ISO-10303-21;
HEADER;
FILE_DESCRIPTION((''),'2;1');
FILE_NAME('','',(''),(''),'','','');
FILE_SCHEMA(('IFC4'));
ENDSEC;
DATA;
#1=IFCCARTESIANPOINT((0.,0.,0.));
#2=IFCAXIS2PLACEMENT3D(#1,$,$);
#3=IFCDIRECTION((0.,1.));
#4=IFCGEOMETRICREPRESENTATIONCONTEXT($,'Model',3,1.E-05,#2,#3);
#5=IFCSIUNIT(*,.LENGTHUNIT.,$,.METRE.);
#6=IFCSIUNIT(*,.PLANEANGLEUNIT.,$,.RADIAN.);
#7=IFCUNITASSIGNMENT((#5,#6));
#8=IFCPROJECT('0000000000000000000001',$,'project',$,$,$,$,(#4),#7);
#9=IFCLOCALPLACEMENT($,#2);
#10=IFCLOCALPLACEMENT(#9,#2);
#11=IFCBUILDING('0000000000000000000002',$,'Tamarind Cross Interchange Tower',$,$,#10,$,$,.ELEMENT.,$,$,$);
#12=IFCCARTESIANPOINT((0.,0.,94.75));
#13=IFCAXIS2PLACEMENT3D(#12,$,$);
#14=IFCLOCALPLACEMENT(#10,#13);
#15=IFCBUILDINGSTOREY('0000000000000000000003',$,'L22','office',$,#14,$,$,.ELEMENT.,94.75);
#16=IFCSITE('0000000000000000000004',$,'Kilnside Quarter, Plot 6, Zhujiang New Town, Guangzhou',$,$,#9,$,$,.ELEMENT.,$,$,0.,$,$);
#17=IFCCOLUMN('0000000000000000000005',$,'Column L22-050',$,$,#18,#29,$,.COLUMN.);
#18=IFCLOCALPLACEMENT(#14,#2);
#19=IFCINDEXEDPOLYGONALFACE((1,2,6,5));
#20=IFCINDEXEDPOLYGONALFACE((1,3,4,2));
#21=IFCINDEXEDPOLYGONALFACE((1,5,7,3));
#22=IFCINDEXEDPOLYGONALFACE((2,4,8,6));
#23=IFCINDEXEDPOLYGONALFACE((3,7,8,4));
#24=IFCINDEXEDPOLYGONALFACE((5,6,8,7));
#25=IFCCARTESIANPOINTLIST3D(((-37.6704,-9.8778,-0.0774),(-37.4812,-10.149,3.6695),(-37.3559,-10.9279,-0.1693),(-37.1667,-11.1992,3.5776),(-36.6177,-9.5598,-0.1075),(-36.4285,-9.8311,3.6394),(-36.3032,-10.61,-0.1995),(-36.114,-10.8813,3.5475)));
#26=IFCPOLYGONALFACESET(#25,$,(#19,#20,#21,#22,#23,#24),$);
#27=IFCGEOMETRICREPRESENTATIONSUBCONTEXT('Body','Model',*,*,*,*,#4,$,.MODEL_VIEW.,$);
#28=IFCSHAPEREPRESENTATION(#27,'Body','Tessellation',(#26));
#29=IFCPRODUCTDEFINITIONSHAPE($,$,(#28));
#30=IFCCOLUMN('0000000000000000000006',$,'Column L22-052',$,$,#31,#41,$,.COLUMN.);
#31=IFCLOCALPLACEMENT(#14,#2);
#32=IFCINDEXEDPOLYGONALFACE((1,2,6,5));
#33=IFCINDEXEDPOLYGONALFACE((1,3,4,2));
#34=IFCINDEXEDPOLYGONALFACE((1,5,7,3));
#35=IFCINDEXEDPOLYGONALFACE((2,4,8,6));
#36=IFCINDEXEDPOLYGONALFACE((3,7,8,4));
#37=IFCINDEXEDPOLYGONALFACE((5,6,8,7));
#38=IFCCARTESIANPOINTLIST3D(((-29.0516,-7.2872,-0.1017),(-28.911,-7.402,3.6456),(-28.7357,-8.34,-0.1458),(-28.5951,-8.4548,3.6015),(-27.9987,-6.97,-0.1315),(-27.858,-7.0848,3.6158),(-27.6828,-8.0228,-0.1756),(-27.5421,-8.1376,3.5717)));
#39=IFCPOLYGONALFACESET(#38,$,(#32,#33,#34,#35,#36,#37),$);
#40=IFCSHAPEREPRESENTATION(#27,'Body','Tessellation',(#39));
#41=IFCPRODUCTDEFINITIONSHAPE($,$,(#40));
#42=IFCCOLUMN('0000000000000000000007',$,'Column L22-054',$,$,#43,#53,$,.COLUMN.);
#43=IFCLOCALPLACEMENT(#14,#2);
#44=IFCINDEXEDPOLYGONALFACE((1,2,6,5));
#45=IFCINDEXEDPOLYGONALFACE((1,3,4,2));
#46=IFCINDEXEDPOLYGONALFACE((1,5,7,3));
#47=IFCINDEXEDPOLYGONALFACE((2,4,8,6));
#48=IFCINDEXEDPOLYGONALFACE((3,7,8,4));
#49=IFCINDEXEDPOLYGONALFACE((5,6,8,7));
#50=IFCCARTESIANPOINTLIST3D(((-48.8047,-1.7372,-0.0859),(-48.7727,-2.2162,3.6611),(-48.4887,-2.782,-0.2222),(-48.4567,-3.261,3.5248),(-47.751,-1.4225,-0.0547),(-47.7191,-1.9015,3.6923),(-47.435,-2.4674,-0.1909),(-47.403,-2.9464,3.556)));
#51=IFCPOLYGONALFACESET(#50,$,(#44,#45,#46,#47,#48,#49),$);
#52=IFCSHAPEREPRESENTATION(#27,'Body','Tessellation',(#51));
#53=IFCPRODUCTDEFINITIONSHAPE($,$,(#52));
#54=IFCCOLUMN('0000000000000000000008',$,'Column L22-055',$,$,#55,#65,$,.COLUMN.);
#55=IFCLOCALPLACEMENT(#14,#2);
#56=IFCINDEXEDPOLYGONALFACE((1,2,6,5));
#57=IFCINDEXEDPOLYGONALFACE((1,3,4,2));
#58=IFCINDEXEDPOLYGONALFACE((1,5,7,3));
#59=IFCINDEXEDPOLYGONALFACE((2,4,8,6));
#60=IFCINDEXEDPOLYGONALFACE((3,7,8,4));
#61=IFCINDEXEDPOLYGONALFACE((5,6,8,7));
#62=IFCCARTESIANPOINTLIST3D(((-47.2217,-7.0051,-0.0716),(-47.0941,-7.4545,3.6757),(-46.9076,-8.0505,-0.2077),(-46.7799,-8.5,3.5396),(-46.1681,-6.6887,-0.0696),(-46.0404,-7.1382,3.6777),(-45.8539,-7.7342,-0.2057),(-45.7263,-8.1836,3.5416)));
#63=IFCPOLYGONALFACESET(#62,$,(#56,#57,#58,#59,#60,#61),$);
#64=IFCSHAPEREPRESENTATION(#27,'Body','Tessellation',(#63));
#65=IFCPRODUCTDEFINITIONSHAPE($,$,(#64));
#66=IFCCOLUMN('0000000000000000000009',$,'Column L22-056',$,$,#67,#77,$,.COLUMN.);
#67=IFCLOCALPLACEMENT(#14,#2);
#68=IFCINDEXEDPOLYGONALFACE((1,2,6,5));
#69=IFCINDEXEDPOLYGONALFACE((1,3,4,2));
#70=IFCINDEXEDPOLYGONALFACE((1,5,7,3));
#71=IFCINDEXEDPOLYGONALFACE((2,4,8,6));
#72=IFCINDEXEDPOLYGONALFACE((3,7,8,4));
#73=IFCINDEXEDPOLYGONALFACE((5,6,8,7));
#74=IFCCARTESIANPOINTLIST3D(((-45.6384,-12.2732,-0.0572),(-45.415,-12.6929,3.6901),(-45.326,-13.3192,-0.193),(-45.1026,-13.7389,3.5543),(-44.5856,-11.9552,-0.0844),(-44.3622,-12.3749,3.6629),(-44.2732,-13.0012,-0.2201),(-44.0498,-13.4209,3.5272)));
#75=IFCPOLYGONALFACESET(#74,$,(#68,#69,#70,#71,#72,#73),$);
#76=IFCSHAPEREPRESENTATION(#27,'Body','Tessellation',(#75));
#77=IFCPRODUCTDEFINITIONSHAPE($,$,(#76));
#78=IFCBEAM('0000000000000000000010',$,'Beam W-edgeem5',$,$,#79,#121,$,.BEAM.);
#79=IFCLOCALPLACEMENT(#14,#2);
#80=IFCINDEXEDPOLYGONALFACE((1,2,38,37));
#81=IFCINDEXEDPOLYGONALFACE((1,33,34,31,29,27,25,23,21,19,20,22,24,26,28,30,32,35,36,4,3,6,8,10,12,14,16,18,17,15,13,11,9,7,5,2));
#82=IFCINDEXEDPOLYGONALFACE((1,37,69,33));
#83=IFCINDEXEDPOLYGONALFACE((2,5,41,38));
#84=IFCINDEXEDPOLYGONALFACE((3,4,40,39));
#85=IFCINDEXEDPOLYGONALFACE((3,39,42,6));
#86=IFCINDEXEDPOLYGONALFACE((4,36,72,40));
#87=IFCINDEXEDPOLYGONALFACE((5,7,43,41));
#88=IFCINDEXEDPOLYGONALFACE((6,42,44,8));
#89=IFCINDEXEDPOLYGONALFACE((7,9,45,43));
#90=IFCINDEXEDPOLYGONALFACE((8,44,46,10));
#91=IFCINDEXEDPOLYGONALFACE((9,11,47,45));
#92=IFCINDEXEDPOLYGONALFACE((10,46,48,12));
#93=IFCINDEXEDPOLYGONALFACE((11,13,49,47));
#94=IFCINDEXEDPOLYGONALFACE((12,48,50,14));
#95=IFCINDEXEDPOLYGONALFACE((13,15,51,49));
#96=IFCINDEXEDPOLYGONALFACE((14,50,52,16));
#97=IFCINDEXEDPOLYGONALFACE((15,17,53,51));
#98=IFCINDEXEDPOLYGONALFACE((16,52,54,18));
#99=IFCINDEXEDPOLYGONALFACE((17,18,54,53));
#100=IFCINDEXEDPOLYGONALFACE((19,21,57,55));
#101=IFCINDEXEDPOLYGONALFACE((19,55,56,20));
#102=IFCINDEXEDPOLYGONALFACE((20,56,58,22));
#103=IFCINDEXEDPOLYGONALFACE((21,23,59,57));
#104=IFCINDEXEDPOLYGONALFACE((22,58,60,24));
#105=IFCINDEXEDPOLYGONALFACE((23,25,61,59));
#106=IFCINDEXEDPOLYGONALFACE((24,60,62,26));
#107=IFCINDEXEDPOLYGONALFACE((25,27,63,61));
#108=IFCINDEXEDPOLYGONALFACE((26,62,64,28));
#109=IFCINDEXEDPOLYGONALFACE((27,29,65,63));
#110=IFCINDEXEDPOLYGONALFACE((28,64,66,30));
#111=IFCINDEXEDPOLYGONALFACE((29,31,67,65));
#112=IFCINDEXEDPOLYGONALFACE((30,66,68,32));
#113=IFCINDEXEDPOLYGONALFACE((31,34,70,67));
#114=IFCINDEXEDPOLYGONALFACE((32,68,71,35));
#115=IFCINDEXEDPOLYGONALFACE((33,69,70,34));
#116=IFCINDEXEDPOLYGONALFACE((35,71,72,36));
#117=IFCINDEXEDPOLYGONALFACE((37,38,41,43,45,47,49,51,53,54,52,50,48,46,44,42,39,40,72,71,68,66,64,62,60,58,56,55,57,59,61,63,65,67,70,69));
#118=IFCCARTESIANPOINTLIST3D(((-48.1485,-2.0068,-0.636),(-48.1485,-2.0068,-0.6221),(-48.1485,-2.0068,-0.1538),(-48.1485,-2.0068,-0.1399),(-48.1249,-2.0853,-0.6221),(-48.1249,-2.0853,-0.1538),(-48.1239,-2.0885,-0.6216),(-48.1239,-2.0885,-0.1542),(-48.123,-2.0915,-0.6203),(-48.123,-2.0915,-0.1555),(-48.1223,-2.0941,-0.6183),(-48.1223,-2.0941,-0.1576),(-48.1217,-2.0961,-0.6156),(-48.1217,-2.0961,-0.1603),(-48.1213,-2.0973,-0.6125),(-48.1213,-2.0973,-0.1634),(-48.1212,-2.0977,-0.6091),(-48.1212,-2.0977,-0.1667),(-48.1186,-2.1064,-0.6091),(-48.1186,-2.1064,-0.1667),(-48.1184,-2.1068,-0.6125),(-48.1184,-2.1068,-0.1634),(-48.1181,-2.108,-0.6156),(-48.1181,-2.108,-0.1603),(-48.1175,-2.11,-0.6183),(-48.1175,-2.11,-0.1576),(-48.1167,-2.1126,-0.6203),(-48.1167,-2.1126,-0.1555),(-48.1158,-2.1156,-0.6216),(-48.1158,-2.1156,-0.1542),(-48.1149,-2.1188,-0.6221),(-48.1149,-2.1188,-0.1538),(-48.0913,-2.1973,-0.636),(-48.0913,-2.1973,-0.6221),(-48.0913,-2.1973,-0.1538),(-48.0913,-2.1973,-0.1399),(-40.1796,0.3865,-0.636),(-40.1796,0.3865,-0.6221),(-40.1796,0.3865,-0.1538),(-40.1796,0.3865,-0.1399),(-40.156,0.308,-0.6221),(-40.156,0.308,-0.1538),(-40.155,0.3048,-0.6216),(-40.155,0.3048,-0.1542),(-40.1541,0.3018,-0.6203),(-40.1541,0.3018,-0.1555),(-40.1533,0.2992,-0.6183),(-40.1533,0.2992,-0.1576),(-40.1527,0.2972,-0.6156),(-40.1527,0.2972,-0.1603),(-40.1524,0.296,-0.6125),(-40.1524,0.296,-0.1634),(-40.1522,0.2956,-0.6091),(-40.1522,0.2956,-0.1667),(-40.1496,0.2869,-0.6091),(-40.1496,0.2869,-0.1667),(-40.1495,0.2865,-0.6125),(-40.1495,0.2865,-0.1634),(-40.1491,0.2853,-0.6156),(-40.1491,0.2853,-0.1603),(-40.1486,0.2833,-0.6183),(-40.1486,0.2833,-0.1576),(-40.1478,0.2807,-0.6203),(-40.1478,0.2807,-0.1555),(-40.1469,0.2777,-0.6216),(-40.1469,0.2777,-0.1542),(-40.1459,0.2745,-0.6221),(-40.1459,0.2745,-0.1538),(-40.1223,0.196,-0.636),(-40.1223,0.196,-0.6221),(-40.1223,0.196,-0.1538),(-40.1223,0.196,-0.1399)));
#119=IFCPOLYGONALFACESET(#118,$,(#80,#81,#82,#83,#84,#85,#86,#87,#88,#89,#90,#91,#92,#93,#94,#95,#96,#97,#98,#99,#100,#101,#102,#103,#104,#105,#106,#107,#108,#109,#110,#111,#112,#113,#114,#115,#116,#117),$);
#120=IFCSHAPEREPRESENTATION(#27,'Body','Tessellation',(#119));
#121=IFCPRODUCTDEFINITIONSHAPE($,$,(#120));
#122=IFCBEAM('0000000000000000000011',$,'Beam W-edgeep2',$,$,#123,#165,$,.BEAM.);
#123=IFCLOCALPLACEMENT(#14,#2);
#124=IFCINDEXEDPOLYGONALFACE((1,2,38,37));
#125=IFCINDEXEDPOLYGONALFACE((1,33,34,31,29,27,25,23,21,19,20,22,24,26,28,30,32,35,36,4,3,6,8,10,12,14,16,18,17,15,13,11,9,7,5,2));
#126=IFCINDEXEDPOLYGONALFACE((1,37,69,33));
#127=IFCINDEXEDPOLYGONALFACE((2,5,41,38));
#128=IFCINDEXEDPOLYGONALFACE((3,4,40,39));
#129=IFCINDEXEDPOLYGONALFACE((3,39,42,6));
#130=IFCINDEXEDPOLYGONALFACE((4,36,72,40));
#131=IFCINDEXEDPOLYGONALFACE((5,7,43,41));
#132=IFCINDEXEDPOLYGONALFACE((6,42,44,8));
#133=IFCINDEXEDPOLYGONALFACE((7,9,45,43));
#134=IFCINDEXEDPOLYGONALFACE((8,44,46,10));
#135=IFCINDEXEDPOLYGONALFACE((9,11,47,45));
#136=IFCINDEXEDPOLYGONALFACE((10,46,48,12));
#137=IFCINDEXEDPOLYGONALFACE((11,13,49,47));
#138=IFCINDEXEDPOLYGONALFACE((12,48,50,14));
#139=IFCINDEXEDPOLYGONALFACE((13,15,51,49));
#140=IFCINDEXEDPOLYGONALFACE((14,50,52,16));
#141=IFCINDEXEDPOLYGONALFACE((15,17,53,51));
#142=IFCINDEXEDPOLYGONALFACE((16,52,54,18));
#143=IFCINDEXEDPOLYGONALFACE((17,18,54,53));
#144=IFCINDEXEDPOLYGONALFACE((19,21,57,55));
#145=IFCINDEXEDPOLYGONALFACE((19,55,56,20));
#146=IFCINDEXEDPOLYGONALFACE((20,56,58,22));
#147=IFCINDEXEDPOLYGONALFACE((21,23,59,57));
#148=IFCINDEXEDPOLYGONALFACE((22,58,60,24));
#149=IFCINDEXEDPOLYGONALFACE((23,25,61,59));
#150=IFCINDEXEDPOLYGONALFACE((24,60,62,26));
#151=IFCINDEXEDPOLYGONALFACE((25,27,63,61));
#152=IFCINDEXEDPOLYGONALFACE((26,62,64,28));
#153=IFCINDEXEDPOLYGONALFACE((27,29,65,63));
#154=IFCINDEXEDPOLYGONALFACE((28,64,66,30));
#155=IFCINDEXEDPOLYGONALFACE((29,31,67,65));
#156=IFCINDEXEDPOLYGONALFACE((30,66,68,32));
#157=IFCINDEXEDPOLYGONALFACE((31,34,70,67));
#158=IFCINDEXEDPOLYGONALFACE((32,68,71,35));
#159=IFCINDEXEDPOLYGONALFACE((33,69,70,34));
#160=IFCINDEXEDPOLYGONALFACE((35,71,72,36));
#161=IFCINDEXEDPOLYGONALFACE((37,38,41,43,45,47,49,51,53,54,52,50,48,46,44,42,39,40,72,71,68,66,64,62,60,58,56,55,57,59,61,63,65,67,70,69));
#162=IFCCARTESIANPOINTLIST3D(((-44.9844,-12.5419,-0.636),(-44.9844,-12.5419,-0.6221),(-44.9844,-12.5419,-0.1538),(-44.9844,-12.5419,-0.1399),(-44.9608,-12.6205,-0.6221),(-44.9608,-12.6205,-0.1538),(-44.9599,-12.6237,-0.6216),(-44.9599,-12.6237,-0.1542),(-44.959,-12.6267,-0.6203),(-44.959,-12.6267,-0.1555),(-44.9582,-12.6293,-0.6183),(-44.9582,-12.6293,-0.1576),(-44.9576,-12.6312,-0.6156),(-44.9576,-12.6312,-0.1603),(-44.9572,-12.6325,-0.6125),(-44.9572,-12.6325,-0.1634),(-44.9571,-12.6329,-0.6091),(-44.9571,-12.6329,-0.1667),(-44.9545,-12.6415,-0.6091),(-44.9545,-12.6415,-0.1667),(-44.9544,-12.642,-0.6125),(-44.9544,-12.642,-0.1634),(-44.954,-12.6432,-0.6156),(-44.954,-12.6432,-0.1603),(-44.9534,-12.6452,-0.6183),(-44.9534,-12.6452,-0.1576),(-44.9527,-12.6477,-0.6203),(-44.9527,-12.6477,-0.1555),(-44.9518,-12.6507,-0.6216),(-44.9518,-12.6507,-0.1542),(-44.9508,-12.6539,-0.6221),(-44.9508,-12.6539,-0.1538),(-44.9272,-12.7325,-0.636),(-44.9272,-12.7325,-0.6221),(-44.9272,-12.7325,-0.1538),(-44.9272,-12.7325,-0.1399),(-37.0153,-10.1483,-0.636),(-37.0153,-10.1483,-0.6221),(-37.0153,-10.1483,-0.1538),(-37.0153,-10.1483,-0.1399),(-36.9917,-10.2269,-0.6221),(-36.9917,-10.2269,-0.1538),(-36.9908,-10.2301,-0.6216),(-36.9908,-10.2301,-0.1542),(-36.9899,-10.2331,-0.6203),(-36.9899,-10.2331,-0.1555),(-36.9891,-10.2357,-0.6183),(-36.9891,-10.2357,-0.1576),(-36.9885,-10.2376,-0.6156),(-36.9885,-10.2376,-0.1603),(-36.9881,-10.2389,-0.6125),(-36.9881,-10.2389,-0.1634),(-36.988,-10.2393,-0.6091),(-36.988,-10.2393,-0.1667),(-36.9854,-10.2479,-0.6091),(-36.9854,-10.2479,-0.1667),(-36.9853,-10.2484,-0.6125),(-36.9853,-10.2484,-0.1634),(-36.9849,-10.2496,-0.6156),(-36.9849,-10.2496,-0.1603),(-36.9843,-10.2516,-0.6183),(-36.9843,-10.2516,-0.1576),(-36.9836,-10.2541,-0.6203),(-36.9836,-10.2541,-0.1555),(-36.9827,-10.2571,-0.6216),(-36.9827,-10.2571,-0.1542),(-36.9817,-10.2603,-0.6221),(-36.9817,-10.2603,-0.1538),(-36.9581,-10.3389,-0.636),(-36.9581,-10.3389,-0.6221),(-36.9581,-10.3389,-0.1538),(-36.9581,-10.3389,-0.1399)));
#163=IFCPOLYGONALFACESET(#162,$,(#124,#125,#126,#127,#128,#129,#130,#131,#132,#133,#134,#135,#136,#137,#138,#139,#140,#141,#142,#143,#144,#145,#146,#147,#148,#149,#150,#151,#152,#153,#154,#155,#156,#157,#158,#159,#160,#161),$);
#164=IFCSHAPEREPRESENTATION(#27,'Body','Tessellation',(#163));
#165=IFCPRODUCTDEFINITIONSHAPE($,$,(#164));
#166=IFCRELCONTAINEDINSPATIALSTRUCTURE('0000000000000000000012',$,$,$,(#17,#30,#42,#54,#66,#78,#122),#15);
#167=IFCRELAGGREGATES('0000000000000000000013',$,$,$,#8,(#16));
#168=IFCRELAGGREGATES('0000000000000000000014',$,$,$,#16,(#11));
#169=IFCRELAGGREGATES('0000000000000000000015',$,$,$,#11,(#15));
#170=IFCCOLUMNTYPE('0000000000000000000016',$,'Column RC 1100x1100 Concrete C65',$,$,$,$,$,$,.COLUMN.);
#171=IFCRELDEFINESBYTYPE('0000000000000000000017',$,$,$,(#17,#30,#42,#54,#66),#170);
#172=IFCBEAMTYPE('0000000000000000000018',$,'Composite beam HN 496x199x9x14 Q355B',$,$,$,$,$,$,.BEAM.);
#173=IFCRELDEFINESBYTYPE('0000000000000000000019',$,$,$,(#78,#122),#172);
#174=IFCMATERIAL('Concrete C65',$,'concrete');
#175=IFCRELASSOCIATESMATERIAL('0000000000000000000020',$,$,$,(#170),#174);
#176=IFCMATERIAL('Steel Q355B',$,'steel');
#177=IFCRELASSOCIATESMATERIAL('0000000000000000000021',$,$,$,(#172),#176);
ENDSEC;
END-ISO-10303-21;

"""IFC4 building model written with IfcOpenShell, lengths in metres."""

from ifc_helpers import new_model, si_unit, direction, frame, origin, origin_2d, place, context, subcontext, project, spatial, rectangle, i_section, extrude, material, material_profile, profile_set, type_object, element, save


model = new_model("IFC4")

# Units and contexts
model_context = context("Model", 3, precision=1e-05, world=origin(), true_north=direction((0.0, 1.0)))
body_context = subcontext(model_context, "Body", "Model", "MODEL_VIEW")
ifc_project = project(units=[si_unit("LENGTHUNIT", "METRE"), si_unit("PLANEANGLEUNIT", "RADIAN")], contexts=[model_context])

# Site, building, storey
site_placement = place(None, origin())
site = spatial("IfcSite", under=ifc_project, at=site_placement, Name="Kilnside Quarter, Plot 6, Zhujiang New Town, Guangzhou", CompositionType="ELEMENT", RefElevation=0.0)
building_placement = place(site_placement, origin())
building = spatial("IfcBuilding", under=site, at=building_placement, Name="Tamarind Cross Interchange Tower", CompositionType="ELEMENT")
storey_placement = place(building_placement, frame((0.0, 0.0, 94.75)))
storey = spatial("IfcBuildingStorey", under=building, at=storey_placement, Name="L22", Description="office", CompositionType="ELEMENT", Elevation=94.75)

# Columns
ifc_material_1 = material(Name="Concrete C65", Category="concrete")
ifc_material_profile_1 = material_profile(ifc_material_1, rectangle(XDim=1.1001, YDim=1.1001, at=origin_2d()), Name="RC 1100x1100")
ifc_profile_set_1 = profile_set([ifc_material_profile_1], Name="Concrete C65")
column_type = type_object("IfcColumnType", Name="Column RC 1100x1100 Concrete C65", PredefinedType="COLUMN", material=ifc_profile_set_1)
column_1_placement = place(storey_placement, frame((-36.9868, -10.2439, -0.1384), z_axis=(0.050303, -0.072112, 0.996127), x_axis=(-0.285917, 0.954606, 0.083544)))
element("IfcColumn", 1, at=column_1_placement, inside=storey, type_object=column_type, Name="Column L22-050", PredefinedType="COLUMN", context=body_context, shape_type="SweptSolid", body=[
    extrude(rectangle(XDim=1.1001, YDim=1.1001, at=origin_2d()), origin(), (0.0, 0.0, 1.0), 3.7615),
])
column_2_placement = place(storey_placement, frame((-28.3672, -7.655, -0.1387), z_axis=(0.037483, -0.030585, 0.998829), x_axis=(-0.287171, 0.95704, 0.040082)))
element("IfcColumn", 2, at=column_2_placement, inside=storey, type_object=column_type, Name="Column L22-052", PredefinedType="COLUMN", context=body_context, shape_type="SweptSolid", body=[
    extrude(rectangle(XDim=1.1001, YDim=1.1001, at=origin_2d()), origin(), (0.0, 0.0, 1.0), 3.7517),
])
column_3_placement = place(storey_placement, frame((-48.1199, -2.1023, -0.1384), z_axis=(0.008466, -0.126798, 0.991892), x_axis=(0.957811, 0.285992, 0.028384)))
element("IfcColumn", 3, at=column_3_placement, inside=storey, type_object=column_type, Name="Column L22-054", PredefinedType="COLUMN", context=body_context, shape_type="SweptSolid", body=[
    extrude(rectangle(XDim=1.1001, YDim=1.1001, at=origin_2d()), origin(), (0.0, 0.0, 1.0), 3.7776),
])
column_4_placement = place(storey_placement, frame((-46.5378, -7.3696, -0.1387), z_axis=(0.033812, -0.119021, 0.992316), x_axis=(0.957756, 0.287576, 0.001858)))
element("IfcColumn", 4, at=column_4_placement, inside=storey, type_object=column_type, Name="Column L22-055", PredefinedType="COLUMN", context=body_context, shape_type="SweptSolid", body=[
    extrude(rectangle(XDim=1.1001, YDim=1.1001, at=origin_2d()), origin(), (0.0, 0.0, 1.0), 3.7764),
])
column_5_placement = place(storey_placement, frame((-44.9558, -12.6372, -0.1387), z_axis=(0.059139, -0.111104, 0.992048), x_axis=(-0.284009, 0.950845, 0.12342)))
element("IfcColumn", 5, at=column_5_placement, inside=storey, type_object=column_type, Name="Column L22-056", PredefinedType="COLUMN", context=body_context, shape_type="SweptSolid", body=[
    extrude(rectangle(XDim=1.1001, YDim=1.1001, at=origin_2d()), origin(), (0.0, 0.0, 1.0), 3.7773),
])

# Beams
ifc_material_2 = material(Name="Steel Q355B", Category="steel")
ifc_material_profile_2 = material_profile(ifc_material_2, i_section(OverallWidth=0.199, OverallDepth=0.4961, WebThickness=0.009, FlangeThickness=0.0139, FilletRadius=0.0129, at=origin_2d()), Name="HN 496x199x9x14")
ifc_profile_set_2 = profile_set([ifc_material_profile_2], Name="Steel Q355B")
beam_type_1 = type_object("IfcBeamType", Name="Composite beam HN 496x199x9x14 Q355B", PredefinedType="BEAM", material=ifc_profile_set_2)
beam_1_placement = place(storey_placement, frame((-48.1199, -2.1021, -0.3879), z_axis=(0.95774, 0.287636, 0.0), x_axis=(-0.287636, 0.95774, 0.0)))
element("IfcBeam", 6, at=beam_1_placement, inside=storey, type_object=beam_type_1, Name="Beam W-edgeem5", PredefinedType="BEAM", context=body_context, shape_type="SweptSolid", body=[
    extrude(i_section(OverallWidth=0.199, OverallDepth=0.4961, WebThickness=0.009, FlangeThickness=0.0139, FilletRadius=0.0129, at=origin_2d()), origin(), (0.0, 0.0, 1.0), 8.3206),
])
beam_2_placement = place(storey_placement, frame((-44.9558, -12.6372, -0.3879), z_axis=(0.957732, 0.287663, 0.0), x_axis=(-0.287663, 0.957732, 0.0)))
element("IfcBeam", 7, at=beam_2_placement, inside=storey, type_object=beam_type_1, Name="Beam W-edgeep2", PredefinedType="BEAM", context=body_context, shape_type="SweptSolid", body=[
    extrude(i_section(OverallWidth=0.199, OverallDepth=0.4961, WebThickness=0.009, FlangeThickness=0.0139, FilletRadius=0.0129, at=origin_2d()), origin(), (0.0, 0.0, 1.0), 8.3208),
])

save(model, "model.ifc")
